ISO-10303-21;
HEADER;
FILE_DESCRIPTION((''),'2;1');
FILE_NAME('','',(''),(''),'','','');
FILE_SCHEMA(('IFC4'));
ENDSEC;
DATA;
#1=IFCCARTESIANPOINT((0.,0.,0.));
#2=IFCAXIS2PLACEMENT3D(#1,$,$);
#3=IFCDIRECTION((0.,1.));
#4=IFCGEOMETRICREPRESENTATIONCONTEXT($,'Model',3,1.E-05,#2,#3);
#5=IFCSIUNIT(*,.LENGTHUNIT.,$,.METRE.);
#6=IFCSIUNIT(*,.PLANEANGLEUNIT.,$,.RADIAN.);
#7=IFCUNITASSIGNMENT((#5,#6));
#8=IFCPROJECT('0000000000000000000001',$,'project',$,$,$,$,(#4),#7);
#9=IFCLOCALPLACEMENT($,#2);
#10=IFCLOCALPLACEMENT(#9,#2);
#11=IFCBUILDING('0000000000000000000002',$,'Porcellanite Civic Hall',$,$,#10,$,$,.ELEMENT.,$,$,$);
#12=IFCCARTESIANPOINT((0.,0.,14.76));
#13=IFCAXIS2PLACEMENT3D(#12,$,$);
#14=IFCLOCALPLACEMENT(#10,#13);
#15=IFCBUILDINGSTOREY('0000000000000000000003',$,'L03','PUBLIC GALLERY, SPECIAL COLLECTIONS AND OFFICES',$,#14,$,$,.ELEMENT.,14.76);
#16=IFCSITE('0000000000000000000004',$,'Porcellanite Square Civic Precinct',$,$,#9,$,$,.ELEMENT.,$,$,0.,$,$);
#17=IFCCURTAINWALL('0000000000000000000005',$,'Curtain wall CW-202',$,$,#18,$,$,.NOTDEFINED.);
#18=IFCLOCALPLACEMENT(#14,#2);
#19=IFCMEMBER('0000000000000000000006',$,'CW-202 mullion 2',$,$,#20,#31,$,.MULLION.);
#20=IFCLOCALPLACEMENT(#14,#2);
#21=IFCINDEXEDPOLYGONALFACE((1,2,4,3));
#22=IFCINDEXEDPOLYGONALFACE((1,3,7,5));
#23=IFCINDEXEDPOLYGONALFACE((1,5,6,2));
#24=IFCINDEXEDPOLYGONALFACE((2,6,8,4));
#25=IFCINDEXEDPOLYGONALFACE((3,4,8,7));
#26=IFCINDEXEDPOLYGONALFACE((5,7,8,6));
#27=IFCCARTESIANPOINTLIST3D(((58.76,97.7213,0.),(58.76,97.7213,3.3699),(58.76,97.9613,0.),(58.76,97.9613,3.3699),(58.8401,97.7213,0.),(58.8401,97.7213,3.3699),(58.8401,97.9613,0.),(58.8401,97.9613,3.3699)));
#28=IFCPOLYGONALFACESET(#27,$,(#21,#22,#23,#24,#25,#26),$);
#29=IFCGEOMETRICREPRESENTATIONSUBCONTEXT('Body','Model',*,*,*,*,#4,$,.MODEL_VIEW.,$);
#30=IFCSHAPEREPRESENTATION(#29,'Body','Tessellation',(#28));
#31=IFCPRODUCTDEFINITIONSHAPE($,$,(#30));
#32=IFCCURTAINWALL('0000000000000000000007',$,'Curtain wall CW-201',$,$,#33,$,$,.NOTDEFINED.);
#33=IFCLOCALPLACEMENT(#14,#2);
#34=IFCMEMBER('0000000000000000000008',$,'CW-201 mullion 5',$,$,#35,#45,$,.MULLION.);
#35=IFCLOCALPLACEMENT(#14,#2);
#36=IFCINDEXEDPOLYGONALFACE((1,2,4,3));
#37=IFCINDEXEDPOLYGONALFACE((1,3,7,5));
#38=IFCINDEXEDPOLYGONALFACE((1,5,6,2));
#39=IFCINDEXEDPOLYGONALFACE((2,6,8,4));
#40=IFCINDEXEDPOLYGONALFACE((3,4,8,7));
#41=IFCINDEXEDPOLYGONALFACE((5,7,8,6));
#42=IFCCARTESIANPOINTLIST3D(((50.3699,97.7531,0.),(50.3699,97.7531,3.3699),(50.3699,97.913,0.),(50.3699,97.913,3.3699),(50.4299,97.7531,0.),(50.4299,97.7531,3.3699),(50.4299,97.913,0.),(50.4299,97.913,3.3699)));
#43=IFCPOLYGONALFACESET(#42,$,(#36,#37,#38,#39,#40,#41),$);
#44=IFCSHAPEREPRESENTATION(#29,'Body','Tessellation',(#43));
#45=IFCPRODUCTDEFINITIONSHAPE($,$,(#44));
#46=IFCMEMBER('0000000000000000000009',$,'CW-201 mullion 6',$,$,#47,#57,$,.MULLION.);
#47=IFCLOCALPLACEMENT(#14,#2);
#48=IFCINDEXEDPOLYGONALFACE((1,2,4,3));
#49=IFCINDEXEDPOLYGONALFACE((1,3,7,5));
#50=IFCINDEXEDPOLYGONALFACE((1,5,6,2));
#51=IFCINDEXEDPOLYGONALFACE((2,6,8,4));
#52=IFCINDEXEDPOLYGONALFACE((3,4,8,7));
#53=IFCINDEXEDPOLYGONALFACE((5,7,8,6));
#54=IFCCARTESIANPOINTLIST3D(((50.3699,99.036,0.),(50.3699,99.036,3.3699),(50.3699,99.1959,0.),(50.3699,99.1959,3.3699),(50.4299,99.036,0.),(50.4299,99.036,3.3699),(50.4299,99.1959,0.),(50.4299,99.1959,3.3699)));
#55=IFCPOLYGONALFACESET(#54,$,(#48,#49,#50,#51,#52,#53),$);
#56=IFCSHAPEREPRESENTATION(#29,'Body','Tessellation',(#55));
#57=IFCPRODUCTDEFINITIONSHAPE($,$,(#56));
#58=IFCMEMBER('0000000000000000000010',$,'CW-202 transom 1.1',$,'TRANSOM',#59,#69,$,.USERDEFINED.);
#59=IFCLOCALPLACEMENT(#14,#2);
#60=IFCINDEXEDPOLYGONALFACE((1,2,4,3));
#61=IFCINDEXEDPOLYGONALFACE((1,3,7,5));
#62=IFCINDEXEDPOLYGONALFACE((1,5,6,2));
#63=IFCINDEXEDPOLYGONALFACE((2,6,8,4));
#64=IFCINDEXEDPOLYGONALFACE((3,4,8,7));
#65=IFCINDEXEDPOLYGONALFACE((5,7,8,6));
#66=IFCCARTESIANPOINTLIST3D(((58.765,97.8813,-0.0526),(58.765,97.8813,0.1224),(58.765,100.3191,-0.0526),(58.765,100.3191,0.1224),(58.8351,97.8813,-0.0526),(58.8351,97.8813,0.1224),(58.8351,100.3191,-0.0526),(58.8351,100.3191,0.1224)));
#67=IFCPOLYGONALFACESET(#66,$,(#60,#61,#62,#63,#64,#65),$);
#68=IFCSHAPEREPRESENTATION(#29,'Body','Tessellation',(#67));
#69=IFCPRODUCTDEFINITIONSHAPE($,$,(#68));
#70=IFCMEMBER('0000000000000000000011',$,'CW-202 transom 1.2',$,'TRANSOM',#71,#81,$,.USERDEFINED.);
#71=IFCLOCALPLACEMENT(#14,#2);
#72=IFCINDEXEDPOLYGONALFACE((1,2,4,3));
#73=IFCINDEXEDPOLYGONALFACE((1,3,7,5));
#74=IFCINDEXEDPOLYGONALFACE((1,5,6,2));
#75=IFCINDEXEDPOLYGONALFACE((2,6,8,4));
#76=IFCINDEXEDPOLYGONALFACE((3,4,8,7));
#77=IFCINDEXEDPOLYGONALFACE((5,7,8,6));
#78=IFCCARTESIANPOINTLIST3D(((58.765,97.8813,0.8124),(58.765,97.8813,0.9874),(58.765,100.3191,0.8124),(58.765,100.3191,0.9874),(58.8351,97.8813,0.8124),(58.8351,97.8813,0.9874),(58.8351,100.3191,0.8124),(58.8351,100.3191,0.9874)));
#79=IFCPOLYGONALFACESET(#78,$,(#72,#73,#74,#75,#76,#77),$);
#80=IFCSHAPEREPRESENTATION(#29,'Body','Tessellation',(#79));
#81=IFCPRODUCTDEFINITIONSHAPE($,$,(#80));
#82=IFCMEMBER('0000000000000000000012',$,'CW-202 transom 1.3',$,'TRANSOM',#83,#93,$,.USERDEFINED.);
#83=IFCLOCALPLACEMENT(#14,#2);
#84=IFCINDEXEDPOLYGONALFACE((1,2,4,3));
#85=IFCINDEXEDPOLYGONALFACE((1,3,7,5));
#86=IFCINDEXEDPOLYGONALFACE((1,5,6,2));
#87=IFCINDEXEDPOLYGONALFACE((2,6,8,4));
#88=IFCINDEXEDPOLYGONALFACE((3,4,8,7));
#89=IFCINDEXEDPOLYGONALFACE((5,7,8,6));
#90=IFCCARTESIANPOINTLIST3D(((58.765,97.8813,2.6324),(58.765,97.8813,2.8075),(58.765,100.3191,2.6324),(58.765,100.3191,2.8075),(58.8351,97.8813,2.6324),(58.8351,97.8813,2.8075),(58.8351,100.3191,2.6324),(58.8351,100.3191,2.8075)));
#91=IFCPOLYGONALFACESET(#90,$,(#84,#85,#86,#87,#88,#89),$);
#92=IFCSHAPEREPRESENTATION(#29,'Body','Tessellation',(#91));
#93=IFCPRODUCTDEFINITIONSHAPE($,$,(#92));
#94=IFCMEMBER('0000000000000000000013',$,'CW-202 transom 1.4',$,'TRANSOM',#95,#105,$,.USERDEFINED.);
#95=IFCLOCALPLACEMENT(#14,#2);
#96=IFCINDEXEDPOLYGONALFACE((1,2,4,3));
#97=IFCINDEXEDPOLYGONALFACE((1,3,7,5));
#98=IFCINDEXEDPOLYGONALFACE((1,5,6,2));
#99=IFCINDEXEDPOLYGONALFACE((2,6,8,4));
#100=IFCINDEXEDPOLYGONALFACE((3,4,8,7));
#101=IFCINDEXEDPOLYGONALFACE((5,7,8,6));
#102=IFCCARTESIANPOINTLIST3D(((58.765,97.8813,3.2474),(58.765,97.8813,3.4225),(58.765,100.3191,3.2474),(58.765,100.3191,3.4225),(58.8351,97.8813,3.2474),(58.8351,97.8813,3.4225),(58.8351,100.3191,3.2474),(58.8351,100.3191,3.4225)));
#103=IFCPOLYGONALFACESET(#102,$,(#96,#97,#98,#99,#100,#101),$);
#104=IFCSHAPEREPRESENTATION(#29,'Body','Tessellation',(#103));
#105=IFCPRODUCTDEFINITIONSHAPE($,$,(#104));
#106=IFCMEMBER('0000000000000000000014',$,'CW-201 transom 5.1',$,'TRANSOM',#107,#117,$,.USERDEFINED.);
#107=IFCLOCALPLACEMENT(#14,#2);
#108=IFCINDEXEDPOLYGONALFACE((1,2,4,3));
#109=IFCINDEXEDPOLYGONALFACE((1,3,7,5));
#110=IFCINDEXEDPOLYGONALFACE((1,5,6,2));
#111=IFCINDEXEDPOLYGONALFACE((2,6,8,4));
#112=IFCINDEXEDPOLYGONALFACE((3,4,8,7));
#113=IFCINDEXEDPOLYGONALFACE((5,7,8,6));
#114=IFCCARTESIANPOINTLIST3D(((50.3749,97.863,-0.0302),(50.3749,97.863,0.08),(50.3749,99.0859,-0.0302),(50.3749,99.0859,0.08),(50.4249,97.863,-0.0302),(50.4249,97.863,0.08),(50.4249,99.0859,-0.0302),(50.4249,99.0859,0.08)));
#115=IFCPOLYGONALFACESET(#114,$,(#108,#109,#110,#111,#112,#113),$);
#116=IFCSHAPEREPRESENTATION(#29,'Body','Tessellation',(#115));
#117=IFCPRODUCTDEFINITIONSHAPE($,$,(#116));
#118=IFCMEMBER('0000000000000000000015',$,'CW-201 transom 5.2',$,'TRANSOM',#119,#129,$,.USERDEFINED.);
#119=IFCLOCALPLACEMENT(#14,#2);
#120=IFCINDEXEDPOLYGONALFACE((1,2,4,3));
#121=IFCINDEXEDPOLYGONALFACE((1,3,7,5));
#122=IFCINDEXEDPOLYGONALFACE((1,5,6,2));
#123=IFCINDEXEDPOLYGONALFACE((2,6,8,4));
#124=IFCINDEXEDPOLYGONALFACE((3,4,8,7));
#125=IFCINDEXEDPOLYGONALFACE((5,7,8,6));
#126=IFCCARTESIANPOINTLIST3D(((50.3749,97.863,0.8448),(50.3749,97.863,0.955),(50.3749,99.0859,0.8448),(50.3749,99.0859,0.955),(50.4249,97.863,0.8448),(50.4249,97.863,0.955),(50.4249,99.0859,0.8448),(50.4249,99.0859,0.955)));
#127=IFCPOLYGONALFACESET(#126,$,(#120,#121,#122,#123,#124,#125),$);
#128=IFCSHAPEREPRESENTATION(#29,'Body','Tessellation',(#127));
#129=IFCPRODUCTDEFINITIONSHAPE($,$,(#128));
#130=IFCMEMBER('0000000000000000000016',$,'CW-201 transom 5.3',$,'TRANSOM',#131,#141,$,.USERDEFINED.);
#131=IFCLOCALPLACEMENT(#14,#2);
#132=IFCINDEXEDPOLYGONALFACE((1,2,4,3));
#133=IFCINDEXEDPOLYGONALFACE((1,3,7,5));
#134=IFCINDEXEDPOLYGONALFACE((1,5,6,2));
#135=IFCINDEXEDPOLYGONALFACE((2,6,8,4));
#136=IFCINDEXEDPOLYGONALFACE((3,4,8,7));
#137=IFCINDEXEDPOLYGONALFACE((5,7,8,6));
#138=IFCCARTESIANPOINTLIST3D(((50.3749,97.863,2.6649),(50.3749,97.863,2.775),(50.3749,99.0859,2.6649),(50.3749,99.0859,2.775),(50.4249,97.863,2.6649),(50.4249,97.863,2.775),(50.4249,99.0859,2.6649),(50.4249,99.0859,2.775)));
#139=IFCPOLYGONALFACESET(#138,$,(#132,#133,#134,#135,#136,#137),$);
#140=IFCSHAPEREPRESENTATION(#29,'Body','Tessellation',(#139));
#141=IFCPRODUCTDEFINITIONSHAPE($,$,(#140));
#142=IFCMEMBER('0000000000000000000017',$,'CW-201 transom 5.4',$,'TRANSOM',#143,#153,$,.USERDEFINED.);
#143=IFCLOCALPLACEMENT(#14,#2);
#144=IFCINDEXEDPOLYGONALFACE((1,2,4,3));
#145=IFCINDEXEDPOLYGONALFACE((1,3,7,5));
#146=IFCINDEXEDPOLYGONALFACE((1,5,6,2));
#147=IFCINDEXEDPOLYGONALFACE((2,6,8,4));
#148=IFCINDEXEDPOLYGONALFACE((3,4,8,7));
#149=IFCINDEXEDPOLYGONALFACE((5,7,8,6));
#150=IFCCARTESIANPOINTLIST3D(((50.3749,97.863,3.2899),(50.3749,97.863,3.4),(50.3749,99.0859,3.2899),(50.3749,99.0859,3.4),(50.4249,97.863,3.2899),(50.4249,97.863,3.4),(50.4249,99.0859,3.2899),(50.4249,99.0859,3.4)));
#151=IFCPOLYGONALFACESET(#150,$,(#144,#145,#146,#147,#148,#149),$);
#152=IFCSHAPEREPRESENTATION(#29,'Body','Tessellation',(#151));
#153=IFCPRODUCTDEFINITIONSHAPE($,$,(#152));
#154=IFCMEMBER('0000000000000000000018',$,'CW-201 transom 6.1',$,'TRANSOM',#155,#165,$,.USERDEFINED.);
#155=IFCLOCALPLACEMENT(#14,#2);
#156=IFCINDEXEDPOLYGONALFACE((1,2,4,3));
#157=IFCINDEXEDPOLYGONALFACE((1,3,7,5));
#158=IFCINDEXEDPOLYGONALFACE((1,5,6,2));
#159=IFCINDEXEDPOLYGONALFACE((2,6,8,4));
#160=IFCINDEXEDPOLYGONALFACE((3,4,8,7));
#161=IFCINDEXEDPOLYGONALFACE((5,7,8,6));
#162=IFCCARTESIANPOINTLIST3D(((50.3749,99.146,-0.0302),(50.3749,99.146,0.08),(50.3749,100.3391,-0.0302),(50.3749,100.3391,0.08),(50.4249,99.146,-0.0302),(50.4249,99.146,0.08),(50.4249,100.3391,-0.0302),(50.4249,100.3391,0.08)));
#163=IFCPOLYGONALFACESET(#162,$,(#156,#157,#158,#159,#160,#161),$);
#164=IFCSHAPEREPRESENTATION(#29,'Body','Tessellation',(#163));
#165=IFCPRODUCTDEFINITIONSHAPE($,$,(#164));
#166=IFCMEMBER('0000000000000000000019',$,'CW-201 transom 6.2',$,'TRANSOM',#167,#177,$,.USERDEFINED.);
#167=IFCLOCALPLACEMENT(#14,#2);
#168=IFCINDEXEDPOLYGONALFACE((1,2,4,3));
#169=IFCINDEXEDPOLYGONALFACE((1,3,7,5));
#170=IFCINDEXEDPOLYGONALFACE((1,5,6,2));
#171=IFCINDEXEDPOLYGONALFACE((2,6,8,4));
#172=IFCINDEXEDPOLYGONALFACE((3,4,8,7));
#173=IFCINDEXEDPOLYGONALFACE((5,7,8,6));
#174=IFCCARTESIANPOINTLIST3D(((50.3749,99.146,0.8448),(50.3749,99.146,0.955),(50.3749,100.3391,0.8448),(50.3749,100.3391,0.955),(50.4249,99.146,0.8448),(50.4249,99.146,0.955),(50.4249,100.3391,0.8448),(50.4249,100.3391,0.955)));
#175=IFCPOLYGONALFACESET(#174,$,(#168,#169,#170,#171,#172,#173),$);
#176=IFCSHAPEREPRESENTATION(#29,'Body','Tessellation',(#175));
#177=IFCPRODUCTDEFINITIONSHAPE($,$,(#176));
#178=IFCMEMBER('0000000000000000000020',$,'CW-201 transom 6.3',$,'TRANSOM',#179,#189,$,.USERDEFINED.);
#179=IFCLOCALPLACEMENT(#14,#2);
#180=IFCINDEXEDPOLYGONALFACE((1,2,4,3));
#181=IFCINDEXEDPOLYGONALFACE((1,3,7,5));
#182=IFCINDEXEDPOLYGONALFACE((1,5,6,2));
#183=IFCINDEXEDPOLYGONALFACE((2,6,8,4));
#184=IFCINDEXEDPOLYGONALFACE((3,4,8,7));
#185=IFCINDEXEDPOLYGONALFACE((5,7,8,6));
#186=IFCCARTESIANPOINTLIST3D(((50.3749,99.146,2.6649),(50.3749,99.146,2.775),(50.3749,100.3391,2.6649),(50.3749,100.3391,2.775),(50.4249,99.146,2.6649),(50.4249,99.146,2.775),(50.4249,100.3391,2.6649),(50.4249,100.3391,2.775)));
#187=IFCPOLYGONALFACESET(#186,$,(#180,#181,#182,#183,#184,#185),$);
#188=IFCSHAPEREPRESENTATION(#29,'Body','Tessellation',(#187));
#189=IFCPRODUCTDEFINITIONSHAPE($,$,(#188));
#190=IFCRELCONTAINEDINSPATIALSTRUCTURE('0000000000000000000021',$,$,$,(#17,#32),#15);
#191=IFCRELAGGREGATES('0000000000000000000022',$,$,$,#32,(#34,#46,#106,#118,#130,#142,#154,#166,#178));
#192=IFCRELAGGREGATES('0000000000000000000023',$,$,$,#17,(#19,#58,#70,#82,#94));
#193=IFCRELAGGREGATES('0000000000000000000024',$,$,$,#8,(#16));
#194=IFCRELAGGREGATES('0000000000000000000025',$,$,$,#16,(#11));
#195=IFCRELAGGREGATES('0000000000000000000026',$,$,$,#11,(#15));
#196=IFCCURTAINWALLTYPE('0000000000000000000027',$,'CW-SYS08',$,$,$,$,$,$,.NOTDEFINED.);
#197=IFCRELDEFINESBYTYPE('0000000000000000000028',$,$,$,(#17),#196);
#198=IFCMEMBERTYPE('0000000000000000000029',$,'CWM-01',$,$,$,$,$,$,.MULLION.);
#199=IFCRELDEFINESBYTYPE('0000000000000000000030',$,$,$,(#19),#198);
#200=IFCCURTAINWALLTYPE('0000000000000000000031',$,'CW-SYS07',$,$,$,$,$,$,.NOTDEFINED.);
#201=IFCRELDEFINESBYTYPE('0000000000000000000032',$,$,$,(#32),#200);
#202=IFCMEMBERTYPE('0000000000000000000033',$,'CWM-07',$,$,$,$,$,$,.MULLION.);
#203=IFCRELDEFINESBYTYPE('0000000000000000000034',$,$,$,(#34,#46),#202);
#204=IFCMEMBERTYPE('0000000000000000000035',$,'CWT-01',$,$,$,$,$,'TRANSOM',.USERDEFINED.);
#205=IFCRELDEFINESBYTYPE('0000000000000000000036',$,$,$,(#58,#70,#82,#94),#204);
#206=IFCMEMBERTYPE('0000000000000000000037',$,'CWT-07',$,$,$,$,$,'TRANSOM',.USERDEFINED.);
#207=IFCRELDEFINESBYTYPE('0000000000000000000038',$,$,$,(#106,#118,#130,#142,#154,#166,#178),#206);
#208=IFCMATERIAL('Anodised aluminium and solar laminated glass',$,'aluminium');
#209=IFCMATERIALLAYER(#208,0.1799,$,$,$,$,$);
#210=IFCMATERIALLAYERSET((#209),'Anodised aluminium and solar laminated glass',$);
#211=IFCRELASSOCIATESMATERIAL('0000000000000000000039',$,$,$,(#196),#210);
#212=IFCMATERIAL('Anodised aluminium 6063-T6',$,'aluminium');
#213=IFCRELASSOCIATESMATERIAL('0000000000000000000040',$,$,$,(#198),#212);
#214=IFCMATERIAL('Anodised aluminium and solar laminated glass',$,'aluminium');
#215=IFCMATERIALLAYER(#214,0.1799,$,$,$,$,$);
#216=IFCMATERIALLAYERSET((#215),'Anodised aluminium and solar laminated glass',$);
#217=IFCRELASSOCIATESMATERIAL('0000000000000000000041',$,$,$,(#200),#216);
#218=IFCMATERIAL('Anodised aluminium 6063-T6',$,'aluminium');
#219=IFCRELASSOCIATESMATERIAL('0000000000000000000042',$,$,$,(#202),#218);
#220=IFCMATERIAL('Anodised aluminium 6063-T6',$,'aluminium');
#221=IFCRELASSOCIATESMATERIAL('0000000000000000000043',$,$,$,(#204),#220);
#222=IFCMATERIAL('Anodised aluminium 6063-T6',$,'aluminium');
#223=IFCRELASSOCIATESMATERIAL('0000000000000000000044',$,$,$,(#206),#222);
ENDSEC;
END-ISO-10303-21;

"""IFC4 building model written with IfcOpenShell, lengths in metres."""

from ifc_helpers import new_model, si_unit, direction, frame, origin, origin_2d, place, context, subcontext, project, spatial, rectangle, extrude, material, layer, layer_set, material_profile, profile_set, type_object, element, aggregate, save


model = new_model("IFC4")

# Units and contexts
model_context = context("Model", 3, precision=1e-05, world=origin(), true_north=direction((0.0, 1.0)))
body_context = subcontext(model_context, "Body", "Model", "MODEL_VIEW")
ifc_project = project(units=[si_unit("LENGTHUNIT", "METRE"), si_unit("PLANEANGLEUNIT", "RADIAN")], contexts=[model_context])

# Site, building, storey
site_placement = place(None, origin())
site = spatial("IfcSite", under=ifc_project, at=site_placement, Name="Porcellanite Square Civic Precinct", CompositionType="ELEMENT", RefElevation=0.0)
building_placement = place(site_placement, origin())
building = spatial("IfcBuilding", under=site, at=building_placement, Name="Porcellanite Civic Hall", CompositionType="ELEMENT")
storey_placement = place(building_placement, frame((0.0, 0.0, 14.76)))
storey = spatial("IfcBuildingStorey", under=building, at=storey_placement, Name="L03", Description="PUBLIC GALLERY, SPECIAL COLLECTIONS AND OFFICES", CompositionType="ELEMENT", Elevation=14.76)

# Curtain wall, member
ifc_material_1 = material(Name="Anodised aluminium and solar laminated glass", Category="aluminium")
ifc_layer_1 = layer(ifc_material_1, 0.1799)
ifc_layer_set_1 = layer_set([ifc_layer_1], Name="Anodised aluminium and solar laminated glass")
curtain_wall_type_1 = type_object("IfcCurtainWallType", Name="CW-SYS08", PredefinedType="NOTDEFINED", material=ifc_layer_set_1)
curtain_wall_1_placement = place(storey_placement, origin())
curtain_wall_1 = element("IfcCurtainWall", 1, at=curtain_wall_1_placement, inside=storey, type_object=curtain_wall_type_1, Name="Curtain wall CW-202", PredefinedType="NOTDEFINED")
ifc_material_2 = material(Name="Anodised aluminium 6063-T6", Category="aluminium")
ifc_material_profile_1 = material_profile(ifc_material_2, rectangle(XDim=0.0801, YDim=0.24, at=origin_2d()), Name="AL-80x240")
ifc_profile_set_1 = profile_set([ifc_material_profile_1], Name="Anodised aluminium 6063-T6")
member_type_1 = type_object("IfcMemberType", Name="CWM-01", PredefinedType="MULLION", material=ifc_profile_set_1)
member_1_placement = place(storey_placement, frame((58.8, 97.8413, 0.0), z_axis=(0.0, 0.0, 1.0), x_axis=(1.0, 0.0, 0.0)))
member_1 = element("IfcMember", 2, at=member_1_placement, type_object=member_type_1, Name="CW-202 mullion 2", PredefinedType="MULLION", context=body_context, shape_type="SweptSolid", body=[
    extrude(rectangle(XDim=0.0801, YDim=0.24, at=origin_2d()), origin(), (0.0, 0.0, 1.0), 3.3699),
])

# Curtain wall, members
ifc_material_3 = material(Name="Anodised aluminium and solar laminated glass", Category="aluminium")
ifc_layer_2 = layer(ifc_material_3, 0.1799)
ifc_layer_set_2 = layer_set([ifc_layer_2], Name="Anodised aluminium and solar laminated glass")
curtain_wall_type_2 = type_object("IfcCurtainWallType", Name="CW-SYS07", PredefinedType="NOTDEFINED", material=ifc_layer_set_2)
curtain_wall_2_placement = place(storey_placement, origin())
curtain_wall_2 = element("IfcCurtainWall", 3, at=curtain_wall_2_placement, inside=storey, type_object=curtain_wall_type_2, Name="Curtain wall CW-201", PredefinedType="NOTDEFINED")
ifc_material_4 = material(Name="Anodised aluminium 6063-T6", Category="aluminium")
ifc_material_profile_2 = material_profile(ifc_material_4, rectangle(XDim=0.0601, YDim=0.1599, at=origin_2d()), Name="AL-60x160")
ifc_profile_set_2 = profile_set([ifc_material_profile_2], Name="Anodised aluminium 6063-T6")
member_type_2 = type_object("IfcMemberType", Name="CWM-07", PredefinedType="MULLION", material=ifc_profile_set_2)
member_2_placement = place(storey_placement, frame((50.3999, 97.833, 0.0), z_axis=(0.0, 0.0, 1.0), x_axis=(-1.0, 0.0, 0.0)))
member_2 = element("IfcMember", 4, at=member_2_placement, type_object=member_type_2, Name="CW-201 mullion 5", PredefinedType="MULLION", context=body_context, shape_type="SweptSolid", body=[
    extrude(rectangle(XDim=0.0601, YDim=0.1599, at=origin_2d()), origin(), (0.0, 0.0, 1.0), 3.3699),
])
member_3_placement = place(storey_placement, frame((50.3999, 99.116, 0.0), z_axis=(0.0, 0.0, 1.0), x_axis=(-1.0, 0.0, 0.0)))
member_3 = element("IfcMember", 5, at=member_3_placement, type_object=member_type_2, Name="CW-201 mullion 6", PredefinedType="MULLION", context=body_context, shape_type="SweptSolid", body=[
    extrude(rectangle(XDim=0.0601, YDim=0.1599, at=origin_2d()), origin(), (0.0, 0.0, 1.0), 3.3699),
])

# Members
ifc_material_5 = material(Name="Anodised aluminium 6063-T6", Category="aluminium")
ifc_material_profile_3 = material_profile(ifc_material_5, rectangle(XDim=0.0701, YDim=0.175, at=origin_2d()), Name="AL-70x175")
ifc_profile_set_3 = profile_set([ifc_material_profile_3], Name="Anodised aluminium 6063-T6")
member_type_3 = type_object("IfcMemberType", Name="CWT-01", ElementType="TRANSOM", PredefinedType="USERDEFINED", material=ifc_profile_set_3)
member_4_placement = place(storey_placement, frame((58.8, 100.3191, 0.0349), z_axis=(0.0, -1.0, 0.0), x_axis=(1.0, 0.0, 0.0)))
member_4 = element("IfcMember", 6, at=member_4_placement, type_object=member_type_3, Name="CW-202 transom 1.1", ObjectType="TRANSOM", PredefinedType="USERDEFINED", context=body_context, shape_type="SweptSolid", body=[
    extrude(rectangle(XDim=0.0701, YDim=0.175, at=origin_2d()), origin(), (0.0, 0.0, 1.0), 2.4377),
])
member_5_placement = place(storey_placement, frame((58.8, 100.3191, 0.8999), z_axis=(0.0, -1.0, 0.0), x_axis=(1.0, 0.0, 0.0)))
member_5 = element("IfcMember", 7, at=member_5_placement, type_object=member_type_3, Name="CW-202 transom 1.2", ObjectType="TRANSOM", PredefinedType="USERDEFINED", context=body_context, shape_type="SweptSolid", body=[
    extrude(rectangle(XDim=0.0701, YDim=0.175, at=origin_2d()), origin(), (0.0, 0.0, 1.0), 2.4377),
])
member_6_placement = place(storey_placement, frame((58.8, 100.3191, 2.72), z_axis=(0.0, -1.0, 0.0), x_axis=(1.0, 0.0, 0.0)))
member_6 = element("IfcMember", 8, at=member_6_placement, type_object=member_type_3, Name="CW-202 transom 1.3", ObjectType="TRANSOM", PredefinedType="USERDEFINED", context=body_context, shape_type="SweptSolid", body=[
    extrude(rectangle(XDim=0.0701, YDim=0.175, at=origin_2d()), origin(), (0.0, 0.0, 1.0), 2.4377),
])
member_7_placement = place(storey_placement, frame((58.8, 100.3191, 3.335), z_axis=(0.0, -1.0, 0.0), x_axis=(1.0, 0.0, 0.0)))
member_7 = element("IfcMember", 9, at=member_7_placement, type_object=member_type_3, Name="CW-202 transom 1.4", ObjectType="TRANSOM", PredefinedType="USERDEFINED", context=body_context, shape_type="SweptSolid", body=[
    extrude(rectangle(XDim=0.0701, YDim=0.175, at=origin_2d()), origin(), (0.0, 0.0, 1.0), 2.4377),
])
ifc_material_6 = material(Name="Anodised aluminium 6063-T6", Category="aluminium")
ifc_material_profile_4 = material_profile(ifc_material_6, rectangle(XDim=0.05, YDim=0.1101, at=origin_2d()), Name="AL-50x110")
ifc_profile_set_4 = profile_set([ifc_material_profile_4], Name="Anodised aluminium 6063-T6")
member_type_4 = type_object("IfcMemberType", Name="CWT-07", ElementType="TRANSOM", PredefinedType="USERDEFINED", material=ifc_profile_set_4)
member_8_placement = place(storey_placement, frame((50.3999, 97.863, 0.0249), z_axis=(0.0, 1.0, 0.0), x_axis=(-1.0, 0.0, 0.0)))
member_8 = element("IfcMember", 10, at=member_8_placement, type_object=member_type_4, Name="CW-201 transom 5.1", ObjectType="TRANSOM", PredefinedType="USERDEFINED", context=body_context, shape_type="SweptSolid", body=[
    extrude(rectangle(XDim=0.05, YDim=0.1101, at=origin_2d()), origin(), (0.0, 0.0, 1.0), 1.2229),
])
member_9_placement = place(storey_placement, frame((50.3999, 97.863, 0.8999), z_axis=(0.0, 1.0, 0.0), x_axis=(-1.0, 0.0, 0.0)))
member_9 = element("IfcMember", 11, at=member_9_placement, type_object=member_type_4, Name="CW-201 transom 5.2", ObjectType="TRANSOM", PredefinedType="USERDEFINED", context=body_context, shape_type="SweptSolid", body=[
    extrude(rectangle(XDim=0.05, YDim=0.1101, at=origin_2d()), origin(), (0.0, 0.0, 1.0), 1.2229),
])
member_10_placement = place(storey_placement, frame((50.3999, 97.863, 2.72), z_axis=(0.0, 1.0, 0.0), x_axis=(-1.0, 0.0, 0.0)))
member_10 = element("IfcMember", 12, at=member_10_placement, type_object=member_type_4, Name="CW-201 transom 5.3", ObjectType="TRANSOM", PredefinedType="USERDEFINED", context=body_context, shape_type="SweptSolid", body=[
    extrude(rectangle(XDim=0.05, YDim=0.1101, at=origin_2d()), origin(), (0.0, 0.0, 1.0), 1.2229),
])
member_11_placement = place(storey_placement, frame((50.3999, 97.863, 3.345), z_axis=(0.0, 1.0, 0.0), x_axis=(-1.0, 0.0, 0.0)))
member_11 = element("IfcMember", 13, at=member_11_placement, type_object=member_type_4, Name="CW-201 transom 5.4", ObjectType="TRANSOM", PredefinedType="USERDEFINED", context=body_context, shape_type="SweptSolid", body=[
    extrude(rectangle(XDim=0.05, YDim=0.1101, at=origin_2d()), origin(), (0.0, 0.0, 1.0), 1.2229),
])
member_12_placement = place(storey_placement, frame((50.3999, 99.146, 0.0249), z_axis=(0.0, 1.0, 0.0), x_axis=(-1.0, 0.0, 0.0)))
member_12 = element("IfcMember", 14, at=member_12_placement, type_object=member_type_4, Name="CW-201 transom 6.1", ObjectType="TRANSOM", PredefinedType="USERDEFINED", context=body_context, shape_type="SweptSolid", body=[
    extrude(rectangle(XDim=0.05, YDim=0.1101, at=origin_2d()), origin(), (0.0, 0.0, 1.0), 1.1931),
])
member_13_placement = place(storey_placement, frame((50.3999, 99.146, 0.8999), z_axis=(0.0, 1.0, 0.0), x_axis=(-1.0, 0.0, 0.0)))
member_13 = element("IfcMember", 15, at=member_13_placement, type_object=member_type_4, Name="CW-201 transom 6.2", ObjectType="TRANSOM", PredefinedType="USERDEFINED", context=body_context, shape_type="SweptSolid", body=[
    extrude(rectangle(XDim=0.05, YDim=0.1101, at=origin_2d()), origin(), (0.0, 0.0, 1.0), 1.1931),
])
member_14_placement = place(storey_placement, frame((50.3999, 99.146, 2.72), z_axis=(0.0, 1.0, 0.0), x_axis=(-1.0, 0.0, 0.0)))
member_14 = element("IfcMember", 16, at=member_14_placement, type_object=member_type_4, Name="CW-201 transom 6.3", ObjectType="TRANSOM", PredefinedType="USERDEFINED", context=body_context, shape_type="SweptSolid", body=[
    extrude(rectangle(XDim=0.05, YDim=0.1101, at=origin_2d()), origin(), (0.0, 0.0, 1.0), 1.1931),
])

aggregate(curtain_wall_2, [member_2, member_3, member_8, member_9, member_10, member_11, member_12, member_13, member_14])
aggregate(curtain_wall_1, [member_1, member_4, member_5, member_6, member_7])

save(model, "model.ifc")
